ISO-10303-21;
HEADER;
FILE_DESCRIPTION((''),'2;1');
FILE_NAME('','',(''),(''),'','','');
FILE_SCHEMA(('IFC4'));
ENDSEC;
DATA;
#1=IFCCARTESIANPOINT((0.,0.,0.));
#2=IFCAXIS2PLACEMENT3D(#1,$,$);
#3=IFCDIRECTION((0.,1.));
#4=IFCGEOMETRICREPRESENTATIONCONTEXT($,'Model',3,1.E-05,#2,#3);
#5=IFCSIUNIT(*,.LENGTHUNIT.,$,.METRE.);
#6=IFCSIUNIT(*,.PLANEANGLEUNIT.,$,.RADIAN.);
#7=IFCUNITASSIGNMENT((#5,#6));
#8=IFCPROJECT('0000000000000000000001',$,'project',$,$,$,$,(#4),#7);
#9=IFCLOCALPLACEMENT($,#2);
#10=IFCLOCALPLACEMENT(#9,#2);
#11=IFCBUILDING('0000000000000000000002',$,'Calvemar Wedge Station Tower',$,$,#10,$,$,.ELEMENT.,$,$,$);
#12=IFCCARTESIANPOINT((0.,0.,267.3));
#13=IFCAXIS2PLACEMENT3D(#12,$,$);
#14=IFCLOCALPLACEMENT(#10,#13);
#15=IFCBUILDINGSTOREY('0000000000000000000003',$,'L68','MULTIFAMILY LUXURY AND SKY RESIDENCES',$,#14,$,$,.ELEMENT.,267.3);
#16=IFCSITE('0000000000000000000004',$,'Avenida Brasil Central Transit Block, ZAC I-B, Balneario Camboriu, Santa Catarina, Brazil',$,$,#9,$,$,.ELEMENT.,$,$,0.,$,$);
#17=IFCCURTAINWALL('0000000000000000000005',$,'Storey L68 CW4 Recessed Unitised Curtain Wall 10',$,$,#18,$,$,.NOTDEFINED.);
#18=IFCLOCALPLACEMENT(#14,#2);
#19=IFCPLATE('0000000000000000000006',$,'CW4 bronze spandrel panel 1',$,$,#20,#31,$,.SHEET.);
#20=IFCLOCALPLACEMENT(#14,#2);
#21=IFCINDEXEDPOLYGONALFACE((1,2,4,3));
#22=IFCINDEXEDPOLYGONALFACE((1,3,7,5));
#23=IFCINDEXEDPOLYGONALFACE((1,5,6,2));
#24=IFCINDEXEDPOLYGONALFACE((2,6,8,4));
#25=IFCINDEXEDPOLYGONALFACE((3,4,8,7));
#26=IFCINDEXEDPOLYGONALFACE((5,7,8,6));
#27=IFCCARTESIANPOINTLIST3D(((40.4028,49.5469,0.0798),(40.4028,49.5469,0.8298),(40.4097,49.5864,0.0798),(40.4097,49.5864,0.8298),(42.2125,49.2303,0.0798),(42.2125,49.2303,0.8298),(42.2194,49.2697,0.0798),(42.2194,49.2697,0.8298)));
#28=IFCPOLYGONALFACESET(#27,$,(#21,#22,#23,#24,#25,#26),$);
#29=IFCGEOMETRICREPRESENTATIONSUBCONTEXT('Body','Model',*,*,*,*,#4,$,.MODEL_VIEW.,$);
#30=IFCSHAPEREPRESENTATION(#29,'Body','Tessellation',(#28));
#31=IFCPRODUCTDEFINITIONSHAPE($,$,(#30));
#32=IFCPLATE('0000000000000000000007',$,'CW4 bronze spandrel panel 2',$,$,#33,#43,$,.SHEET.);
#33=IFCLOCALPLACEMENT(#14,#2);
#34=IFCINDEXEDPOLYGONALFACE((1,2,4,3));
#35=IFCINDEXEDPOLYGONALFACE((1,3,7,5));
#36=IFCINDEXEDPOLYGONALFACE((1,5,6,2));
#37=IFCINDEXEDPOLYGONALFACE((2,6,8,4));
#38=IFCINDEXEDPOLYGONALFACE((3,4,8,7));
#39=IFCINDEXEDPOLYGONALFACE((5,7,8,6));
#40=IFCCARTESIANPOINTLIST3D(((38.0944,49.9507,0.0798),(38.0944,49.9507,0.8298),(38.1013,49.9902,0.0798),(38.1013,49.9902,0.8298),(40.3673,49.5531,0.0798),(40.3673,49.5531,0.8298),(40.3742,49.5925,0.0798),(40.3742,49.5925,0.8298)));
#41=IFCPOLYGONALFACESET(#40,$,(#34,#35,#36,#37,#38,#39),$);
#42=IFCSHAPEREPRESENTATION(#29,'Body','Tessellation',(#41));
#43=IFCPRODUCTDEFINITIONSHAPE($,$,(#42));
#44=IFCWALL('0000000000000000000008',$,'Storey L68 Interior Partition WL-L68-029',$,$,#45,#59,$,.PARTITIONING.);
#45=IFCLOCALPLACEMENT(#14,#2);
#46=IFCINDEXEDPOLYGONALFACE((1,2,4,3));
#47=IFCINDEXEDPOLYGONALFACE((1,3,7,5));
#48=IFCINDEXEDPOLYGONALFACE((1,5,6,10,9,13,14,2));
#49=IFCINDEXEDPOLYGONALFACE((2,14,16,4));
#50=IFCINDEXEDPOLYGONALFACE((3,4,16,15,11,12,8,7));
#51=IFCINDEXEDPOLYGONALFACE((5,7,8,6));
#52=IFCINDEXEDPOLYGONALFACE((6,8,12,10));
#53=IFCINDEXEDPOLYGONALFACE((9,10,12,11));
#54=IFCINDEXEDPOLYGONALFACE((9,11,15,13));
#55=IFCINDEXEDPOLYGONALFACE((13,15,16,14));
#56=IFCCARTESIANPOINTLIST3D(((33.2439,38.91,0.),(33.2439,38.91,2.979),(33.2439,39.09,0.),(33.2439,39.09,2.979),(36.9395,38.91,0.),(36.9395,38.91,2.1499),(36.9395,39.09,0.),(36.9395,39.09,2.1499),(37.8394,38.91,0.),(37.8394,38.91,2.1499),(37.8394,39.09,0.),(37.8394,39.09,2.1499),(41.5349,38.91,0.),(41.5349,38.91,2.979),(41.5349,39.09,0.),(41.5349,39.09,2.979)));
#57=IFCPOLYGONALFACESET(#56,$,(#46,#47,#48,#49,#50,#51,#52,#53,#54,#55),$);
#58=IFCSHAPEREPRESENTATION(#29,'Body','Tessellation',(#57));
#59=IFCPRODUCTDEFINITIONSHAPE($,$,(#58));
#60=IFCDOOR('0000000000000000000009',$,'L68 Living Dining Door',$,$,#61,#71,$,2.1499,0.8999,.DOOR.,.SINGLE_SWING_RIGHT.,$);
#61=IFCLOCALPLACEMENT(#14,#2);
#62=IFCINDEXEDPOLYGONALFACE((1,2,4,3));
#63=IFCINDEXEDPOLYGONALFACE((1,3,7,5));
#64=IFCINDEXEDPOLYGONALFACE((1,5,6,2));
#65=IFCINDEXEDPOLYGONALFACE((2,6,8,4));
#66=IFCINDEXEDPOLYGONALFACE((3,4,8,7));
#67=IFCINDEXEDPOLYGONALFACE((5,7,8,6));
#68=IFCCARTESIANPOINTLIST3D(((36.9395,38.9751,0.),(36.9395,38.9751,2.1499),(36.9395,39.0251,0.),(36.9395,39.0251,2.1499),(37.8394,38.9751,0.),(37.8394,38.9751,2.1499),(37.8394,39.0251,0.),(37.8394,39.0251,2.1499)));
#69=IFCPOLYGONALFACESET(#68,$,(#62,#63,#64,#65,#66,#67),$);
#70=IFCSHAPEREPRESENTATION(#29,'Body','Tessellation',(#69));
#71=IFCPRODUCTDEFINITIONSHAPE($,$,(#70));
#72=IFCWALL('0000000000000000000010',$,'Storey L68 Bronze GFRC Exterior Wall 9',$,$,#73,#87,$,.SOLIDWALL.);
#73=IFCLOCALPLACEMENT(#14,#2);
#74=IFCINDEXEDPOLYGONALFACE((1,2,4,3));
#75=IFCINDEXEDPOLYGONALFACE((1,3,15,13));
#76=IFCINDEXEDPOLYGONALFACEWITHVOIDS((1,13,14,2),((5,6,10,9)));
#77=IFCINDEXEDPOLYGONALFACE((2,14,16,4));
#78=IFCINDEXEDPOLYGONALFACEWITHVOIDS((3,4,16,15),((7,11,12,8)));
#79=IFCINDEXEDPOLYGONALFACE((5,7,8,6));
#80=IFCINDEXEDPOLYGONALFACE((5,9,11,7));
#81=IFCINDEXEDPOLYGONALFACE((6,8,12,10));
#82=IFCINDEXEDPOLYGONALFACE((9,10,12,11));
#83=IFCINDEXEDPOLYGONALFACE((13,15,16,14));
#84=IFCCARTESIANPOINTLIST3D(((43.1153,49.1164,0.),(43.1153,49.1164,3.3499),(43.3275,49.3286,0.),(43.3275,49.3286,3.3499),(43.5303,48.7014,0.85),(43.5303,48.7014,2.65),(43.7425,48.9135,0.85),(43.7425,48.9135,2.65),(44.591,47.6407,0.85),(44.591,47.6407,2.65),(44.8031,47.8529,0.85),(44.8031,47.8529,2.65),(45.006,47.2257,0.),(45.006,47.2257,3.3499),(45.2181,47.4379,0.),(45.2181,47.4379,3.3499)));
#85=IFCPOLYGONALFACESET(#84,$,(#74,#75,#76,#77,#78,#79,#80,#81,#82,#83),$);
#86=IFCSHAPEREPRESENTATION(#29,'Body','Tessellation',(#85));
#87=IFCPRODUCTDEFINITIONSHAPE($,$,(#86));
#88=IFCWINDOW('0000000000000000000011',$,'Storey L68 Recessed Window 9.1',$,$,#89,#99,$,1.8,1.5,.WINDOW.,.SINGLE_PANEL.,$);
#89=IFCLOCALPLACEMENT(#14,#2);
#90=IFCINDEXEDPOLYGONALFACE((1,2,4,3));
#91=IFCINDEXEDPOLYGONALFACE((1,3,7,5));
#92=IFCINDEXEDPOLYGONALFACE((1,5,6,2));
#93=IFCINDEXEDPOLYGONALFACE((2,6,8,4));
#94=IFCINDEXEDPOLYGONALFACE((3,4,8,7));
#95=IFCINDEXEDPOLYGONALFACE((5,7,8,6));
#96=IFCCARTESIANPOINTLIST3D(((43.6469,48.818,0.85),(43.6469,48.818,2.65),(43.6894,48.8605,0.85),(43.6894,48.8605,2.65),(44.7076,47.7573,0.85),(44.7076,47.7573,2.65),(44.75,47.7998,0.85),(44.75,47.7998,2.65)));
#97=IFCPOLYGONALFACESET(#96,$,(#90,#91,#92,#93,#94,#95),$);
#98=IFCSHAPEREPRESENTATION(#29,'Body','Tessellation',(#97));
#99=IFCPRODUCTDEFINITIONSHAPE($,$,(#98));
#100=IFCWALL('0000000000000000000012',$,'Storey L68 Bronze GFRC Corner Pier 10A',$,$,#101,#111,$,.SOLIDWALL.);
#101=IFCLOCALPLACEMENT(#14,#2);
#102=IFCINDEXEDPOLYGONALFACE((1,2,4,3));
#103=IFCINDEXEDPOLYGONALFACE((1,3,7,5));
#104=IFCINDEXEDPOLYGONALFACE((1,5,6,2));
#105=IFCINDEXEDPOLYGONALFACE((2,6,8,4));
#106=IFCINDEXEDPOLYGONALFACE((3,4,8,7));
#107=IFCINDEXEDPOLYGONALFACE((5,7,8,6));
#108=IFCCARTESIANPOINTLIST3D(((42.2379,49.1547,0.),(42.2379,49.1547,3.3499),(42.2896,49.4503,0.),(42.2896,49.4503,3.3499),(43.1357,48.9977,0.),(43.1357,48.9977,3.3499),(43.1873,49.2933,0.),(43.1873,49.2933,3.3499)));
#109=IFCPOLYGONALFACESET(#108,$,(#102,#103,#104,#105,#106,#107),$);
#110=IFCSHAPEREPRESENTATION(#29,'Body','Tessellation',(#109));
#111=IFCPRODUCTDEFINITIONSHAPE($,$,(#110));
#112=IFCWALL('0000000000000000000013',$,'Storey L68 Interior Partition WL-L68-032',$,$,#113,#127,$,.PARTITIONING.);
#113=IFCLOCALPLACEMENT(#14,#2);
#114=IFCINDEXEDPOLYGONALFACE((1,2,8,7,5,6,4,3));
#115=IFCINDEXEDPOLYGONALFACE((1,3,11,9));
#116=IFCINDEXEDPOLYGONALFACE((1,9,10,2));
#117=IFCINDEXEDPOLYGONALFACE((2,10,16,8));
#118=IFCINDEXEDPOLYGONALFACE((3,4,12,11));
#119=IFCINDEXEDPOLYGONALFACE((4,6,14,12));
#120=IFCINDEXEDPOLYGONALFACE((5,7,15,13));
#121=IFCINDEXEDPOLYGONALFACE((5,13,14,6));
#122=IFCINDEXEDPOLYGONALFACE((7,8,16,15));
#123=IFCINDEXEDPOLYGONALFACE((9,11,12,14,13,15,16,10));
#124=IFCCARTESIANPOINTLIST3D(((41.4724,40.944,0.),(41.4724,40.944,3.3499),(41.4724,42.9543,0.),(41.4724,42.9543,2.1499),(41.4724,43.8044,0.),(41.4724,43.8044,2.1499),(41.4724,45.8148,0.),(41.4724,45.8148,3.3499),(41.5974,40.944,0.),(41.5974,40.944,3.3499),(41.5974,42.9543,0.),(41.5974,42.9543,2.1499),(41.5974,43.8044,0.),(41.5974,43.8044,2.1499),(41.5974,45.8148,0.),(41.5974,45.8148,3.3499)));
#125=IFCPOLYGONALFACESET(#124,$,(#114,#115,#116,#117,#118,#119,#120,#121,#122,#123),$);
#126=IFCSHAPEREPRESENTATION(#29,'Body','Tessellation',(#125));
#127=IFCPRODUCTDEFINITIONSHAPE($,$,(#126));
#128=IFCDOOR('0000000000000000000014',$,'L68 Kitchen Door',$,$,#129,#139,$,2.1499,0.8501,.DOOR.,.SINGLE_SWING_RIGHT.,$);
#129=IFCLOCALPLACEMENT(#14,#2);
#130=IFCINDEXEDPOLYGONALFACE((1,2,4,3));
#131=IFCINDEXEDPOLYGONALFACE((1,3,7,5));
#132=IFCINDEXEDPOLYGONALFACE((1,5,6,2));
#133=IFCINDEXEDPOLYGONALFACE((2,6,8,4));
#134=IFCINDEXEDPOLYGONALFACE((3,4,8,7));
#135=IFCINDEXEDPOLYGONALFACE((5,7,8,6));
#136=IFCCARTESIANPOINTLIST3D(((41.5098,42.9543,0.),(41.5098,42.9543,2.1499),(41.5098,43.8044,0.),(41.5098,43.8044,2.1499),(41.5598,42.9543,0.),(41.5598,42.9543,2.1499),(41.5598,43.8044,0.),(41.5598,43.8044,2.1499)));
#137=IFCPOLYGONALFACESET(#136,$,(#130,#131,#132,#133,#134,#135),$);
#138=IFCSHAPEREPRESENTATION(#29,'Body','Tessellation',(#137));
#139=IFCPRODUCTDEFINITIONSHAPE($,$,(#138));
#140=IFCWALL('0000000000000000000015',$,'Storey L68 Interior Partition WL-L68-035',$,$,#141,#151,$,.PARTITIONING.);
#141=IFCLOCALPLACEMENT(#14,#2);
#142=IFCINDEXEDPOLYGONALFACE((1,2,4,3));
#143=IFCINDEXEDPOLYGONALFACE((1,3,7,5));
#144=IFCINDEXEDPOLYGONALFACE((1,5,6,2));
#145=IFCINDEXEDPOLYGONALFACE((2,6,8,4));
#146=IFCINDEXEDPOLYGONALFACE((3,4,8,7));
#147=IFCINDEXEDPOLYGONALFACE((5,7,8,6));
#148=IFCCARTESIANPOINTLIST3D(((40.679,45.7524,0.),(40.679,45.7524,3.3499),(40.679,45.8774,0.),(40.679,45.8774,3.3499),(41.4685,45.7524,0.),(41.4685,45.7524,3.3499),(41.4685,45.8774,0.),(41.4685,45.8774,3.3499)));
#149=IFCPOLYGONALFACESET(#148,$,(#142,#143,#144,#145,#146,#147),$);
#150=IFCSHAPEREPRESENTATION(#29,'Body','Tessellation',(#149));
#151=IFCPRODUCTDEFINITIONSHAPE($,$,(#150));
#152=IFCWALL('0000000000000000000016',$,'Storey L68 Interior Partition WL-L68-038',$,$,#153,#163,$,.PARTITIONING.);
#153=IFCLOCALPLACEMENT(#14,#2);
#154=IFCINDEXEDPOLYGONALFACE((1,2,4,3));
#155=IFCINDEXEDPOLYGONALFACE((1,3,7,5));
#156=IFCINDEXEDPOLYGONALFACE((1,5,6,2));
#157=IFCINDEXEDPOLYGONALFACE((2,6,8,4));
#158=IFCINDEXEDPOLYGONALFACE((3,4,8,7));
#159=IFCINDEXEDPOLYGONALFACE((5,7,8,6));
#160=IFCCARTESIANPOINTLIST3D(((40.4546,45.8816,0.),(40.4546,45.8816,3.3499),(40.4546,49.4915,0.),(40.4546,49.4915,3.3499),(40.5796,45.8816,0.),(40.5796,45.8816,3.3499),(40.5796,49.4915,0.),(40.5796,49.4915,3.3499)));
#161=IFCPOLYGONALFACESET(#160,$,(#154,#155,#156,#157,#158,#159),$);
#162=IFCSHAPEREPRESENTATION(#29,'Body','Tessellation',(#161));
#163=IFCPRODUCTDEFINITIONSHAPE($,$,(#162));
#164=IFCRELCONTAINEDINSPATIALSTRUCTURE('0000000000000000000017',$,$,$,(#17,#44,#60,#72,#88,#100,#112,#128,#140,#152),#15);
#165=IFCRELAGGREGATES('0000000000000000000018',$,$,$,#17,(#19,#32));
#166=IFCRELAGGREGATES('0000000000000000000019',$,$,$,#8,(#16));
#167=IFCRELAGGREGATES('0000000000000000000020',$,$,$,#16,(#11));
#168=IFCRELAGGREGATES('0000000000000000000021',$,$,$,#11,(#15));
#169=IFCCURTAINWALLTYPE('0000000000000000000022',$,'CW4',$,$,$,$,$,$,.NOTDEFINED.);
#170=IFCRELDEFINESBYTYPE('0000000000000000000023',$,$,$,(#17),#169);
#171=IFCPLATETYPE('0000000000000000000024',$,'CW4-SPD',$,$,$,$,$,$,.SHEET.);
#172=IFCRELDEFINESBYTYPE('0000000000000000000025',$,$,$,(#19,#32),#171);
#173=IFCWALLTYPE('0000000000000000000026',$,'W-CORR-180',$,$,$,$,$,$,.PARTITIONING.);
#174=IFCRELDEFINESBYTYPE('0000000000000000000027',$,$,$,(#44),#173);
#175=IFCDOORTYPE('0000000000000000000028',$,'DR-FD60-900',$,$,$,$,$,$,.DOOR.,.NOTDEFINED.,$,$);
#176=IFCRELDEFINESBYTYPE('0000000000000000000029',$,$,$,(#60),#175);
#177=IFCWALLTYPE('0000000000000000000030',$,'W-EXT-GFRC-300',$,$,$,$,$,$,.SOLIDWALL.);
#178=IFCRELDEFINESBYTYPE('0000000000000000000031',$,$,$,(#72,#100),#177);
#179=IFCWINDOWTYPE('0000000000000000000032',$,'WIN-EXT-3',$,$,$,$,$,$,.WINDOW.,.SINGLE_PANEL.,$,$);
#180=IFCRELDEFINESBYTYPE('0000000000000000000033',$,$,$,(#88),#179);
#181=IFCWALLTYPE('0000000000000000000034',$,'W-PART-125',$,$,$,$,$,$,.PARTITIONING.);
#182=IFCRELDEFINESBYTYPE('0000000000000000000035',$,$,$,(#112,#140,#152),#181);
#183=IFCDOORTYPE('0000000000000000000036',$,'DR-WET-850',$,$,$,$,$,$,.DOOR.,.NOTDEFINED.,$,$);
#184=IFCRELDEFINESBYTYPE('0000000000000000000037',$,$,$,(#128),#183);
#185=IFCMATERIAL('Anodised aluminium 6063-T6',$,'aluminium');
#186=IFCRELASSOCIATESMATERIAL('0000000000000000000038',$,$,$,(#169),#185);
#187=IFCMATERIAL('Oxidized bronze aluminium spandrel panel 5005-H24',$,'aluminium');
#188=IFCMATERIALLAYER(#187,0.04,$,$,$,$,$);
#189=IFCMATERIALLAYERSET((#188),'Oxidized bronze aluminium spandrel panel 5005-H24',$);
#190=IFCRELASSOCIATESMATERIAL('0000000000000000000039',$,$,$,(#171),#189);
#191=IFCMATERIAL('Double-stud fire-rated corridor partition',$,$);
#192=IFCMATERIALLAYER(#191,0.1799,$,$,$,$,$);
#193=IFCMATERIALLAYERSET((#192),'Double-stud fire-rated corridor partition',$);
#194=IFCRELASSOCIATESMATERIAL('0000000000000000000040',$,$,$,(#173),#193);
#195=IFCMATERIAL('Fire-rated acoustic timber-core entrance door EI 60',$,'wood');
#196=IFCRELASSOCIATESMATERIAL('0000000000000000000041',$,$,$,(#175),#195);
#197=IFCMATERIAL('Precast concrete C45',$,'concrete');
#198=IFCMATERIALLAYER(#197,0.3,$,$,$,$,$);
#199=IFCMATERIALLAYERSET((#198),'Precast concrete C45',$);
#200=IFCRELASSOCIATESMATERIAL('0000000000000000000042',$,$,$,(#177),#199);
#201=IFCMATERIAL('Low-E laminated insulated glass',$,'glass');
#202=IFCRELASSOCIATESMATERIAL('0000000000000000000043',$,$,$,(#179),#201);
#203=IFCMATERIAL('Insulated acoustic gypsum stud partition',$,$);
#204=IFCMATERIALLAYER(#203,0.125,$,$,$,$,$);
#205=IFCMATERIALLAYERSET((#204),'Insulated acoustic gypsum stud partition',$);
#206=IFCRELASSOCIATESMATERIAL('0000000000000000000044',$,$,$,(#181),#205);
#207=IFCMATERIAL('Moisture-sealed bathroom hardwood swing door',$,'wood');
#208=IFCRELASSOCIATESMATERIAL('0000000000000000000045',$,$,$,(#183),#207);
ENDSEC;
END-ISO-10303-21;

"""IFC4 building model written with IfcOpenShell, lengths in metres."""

from ifc_helpers import new_model, si_unit, direction, frame, frame_2d, origin, place, context, subcontext, project, spatial, rectangle, extrude, source, transform, mapped, material, layer, layer_set, type_object, element, fill, aggregate, save


model = new_model("IFC4")

# Units and contexts
model_context = context("Model", 3, precision=1e-05, world=origin(), true_north=direction((0.0, 1.0)))
body_context = subcontext(model_context, "Body", "Model", "MODEL_VIEW")
ifc_project = project(units=[si_unit("LENGTHUNIT", "METRE"), si_unit("PLANEANGLEUNIT", "RADIAN")], contexts=[model_context])

# Site, building, storey
site_placement = place(None, origin())
site = spatial("IfcSite", under=ifc_project, at=site_placement, Name="Avenida Brasil Central Transit Block, ZAC I-B, Balneario Camboriu, Santa Catarina, Brazil", CompositionType="ELEMENT", RefElevation=0.0)
building_placement = place(site_placement, origin())
building = spatial("IfcBuilding", under=site, at=building_placement, Name="Calvemar Wedge Station Tower", CompositionType="ELEMENT")
storey_placement = place(building_placement, frame((0.0, 0.0, 267.3)))
storey = spatial("IfcBuildingStorey", under=building, at=storey_placement, Name="L68", Description="MULTIFAMILY LUXURY AND SKY RESIDENCES", CompositionType="ELEMENT", Elevation=267.3)

# Curtain wall, plates
ifc_material_1 = material(Name="Anodised aluminium 6063-T6", Category="aluminium")
curtain_wall_type = type_object("IfcCurtainWallType", Name="CW4", PredefinedType="NOTDEFINED", material=ifc_material_1)
curtain_wall_placement = place(storey_placement, origin())
curtain_wall = element("IfcCurtainWall", 1, at=curtain_wall_placement, inside=storey, type_object=curtain_wall_type, Name="Storey L68 CW4 Recessed Unitised Curtain Wall 10", PredefinedType="NOTDEFINED")
ifc_material_2 = material(Name="Low-E laminated insulated glass", Category="glass")
ifc_material_3 = material(Name="Oxidized bronze aluminium spandrel panel 5005-H24", Category="aluminium")
ifc_layer_1 = layer(ifc_material_3, 0.04)
ifc_layer_set_1 = layer_set([ifc_layer_1], Name="Oxidized bronze aluminium spandrel panel 5005-H24")
plate_type_1 = type_object("IfcPlateType", Name="CW4-SPD", PredefinedType="SHEET", material=ifc_layer_set_1)
plate_1_placement = place(storey_placement, frame((42.2158, 49.25, 0.0798), z_axis=(0.0, 0.0, 1.0), x_axis=(-0.985033, 0.172367, 0.0)))
plate_1 = element("IfcPlate", 2, at=plate_1_placement, type_object=plate_type_1, Name="CW4 bronze spandrel panel 1", PredefinedType="SHEET", context=body_context, shape_type="SweptSolid", body=[
    extrude(rectangle(XDim=1.8372, YDim=0.04, at=frame_2d((0.9185, 0.0))), origin(), (0.0, 0.0, 1.0), 0.75),
])
plate_2_placement = place(storey_placement, frame((40.3708, 49.5728, 0.0798), z_axis=(0.0, 0.0, 1.0), x_axis=(-0.985035, 0.172355, 0.0)))
plate_2 = element("IfcPlate", 3, at=plate_2_placement, type_object=plate_type_1, Name="CW4 bronze spandrel panel 2", PredefinedType="SHEET", context=body_context, shape_type="SweptSolid", body=[
    extrude(rectangle(XDim=2.3074, YDim=0.04, at=frame_2d((1.1538, 0.0))), origin(), (0.0, 0.0, 1.0), 0.75),
])
aggregate(curtain_wall, [plate_1, plate_2])

# Wall, opening, door
ifc_material_4 = material(Name="Double-stud fire-rated corridor partition")
ifc_layer_2 = layer(ifc_material_4, 0.1799)
ifc_layer_set_2 = layer_set([ifc_layer_2], Name="Double-stud fire-rated corridor partition")
wall_type_1 = type_object("IfcWallType", Name="W-CORR-180", PredefinedType="PARTITIONING", material=ifc_layer_set_2)
wall_1_placement = place(storey_placement, frame((41.5349, 39.0, 0.0), z_axis=(0.0, 0.0, 1.0), x_axis=(-1.0, 0.0, 0.0)))
wall_1 = element("IfcWall", 4, at=wall_1_placement, inside=storey, type_object=wall_type_1, Name="Storey L68 Interior Partition WL-L68-029", PredefinedType="PARTITIONING", context=body_context, shape_type="SweptSolid", body=[
    extrude(rectangle(XDim=8.291, YDim=0.1799, at=frame_2d((4.1455, 0.0))), origin(), (0.0, 0.0, 1.0), 2.979),
])
shared_shape_1 = source(origin(), body_context, "Body", "SweptSolid", [
    extrude(rectangle(XDim=0.8999, YDim=2.1499, at=frame_2d((0.45, 1.075))), frame((0.0, 0.1001, 0.0), z_axis=(0.0, -1.0, 0.0), x_axis=(1.0, 0.0, 0.0)), (0.0, 0.0, 1.0), 0.2),
])
opening_1_placement = place(wall_1_placement, frame((3.6956, 0.0, 0.0)))
opening_1 = element("IfcOpeningElement", 5, at=opening_1_placement, cuts=wall_1, PredefinedType="OPENING", context=body_context, shape_type="MappedRepresentation", body=[
    mapped(shared_shape_1, transform((0.0, 0.0, 0.0), scale=1.0)),
])
ifc_material_5 = material(Name="Fire-rated acoustic timber-core entrance door EI 60", Category="wood")
door_type_1 = type_object("IfcDoorType", Name="DR-FD60-900", OperationType="NOTDEFINED", PredefinedType="DOOR", material=ifc_material_5)
shared_shape_2 = source(origin(), body_context, "Body", "SweptSolid", [
    extrude(rectangle(XDim=0.8999, YDim=2.1499, at=frame_2d((0.45, 1.075))), frame((0.0, 0.0249, 0.0), z_axis=(0.0, -1.0, 0.0), x_axis=(1.0, 0.0, 0.0)), (0.0, 0.0, 1.0), 0.05),
])
door_1_placement = place(opening_1_placement, origin())
door_1 = element("IfcDoor", 6, at=door_1_placement, inside=storey, type_object=door_type_1, Name="L68 Living Dining Door", OperationType="SINGLE_SWING_RIGHT", OverallHeight=2.1499, OverallWidth=0.8999, PredefinedType="DOOR", context=body_context, shape_type="MappedRepresentation", body=[
    mapped(shared_shape_2, transform((0.0, 0.0, 0.0), scale=1.0)),
])
fill(opening_1, door_1)

# Wall, opening, window
ifc_material_6 = material(Name="Precast concrete C45", Category="concrete")
ifc_layer_3 = layer(ifc_material_6, 0.3)
ifc_layer_set_3 = layer_set([ifc_layer_3], Name="Precast concrete C45")
wall_type_2 = type_object("IfcWallType", Name="W-EXT-GFRC-300", PredefinedType="SOLIDWALL", material=ifc_layer_set_3)
wall_2_placement = place(storey_placement, frame((45.1121, 47.3318, 0.0), z_axis=(0.0, 0.0, 1.0), x_axis=(-0.707107, 0.707107, 0.0)))
wall_2 = element("IfcWall", 7, at=wall_2_placement, inside=storey, type_object=wall_type_2, Name="Storey L68 Bronze GFRC Exterior Wall 9", PredefinedType="SOLIDWALL", context=body_context, shape_type="SweptSolid", body=[
    extrude(rectangle(XDim=2.6738, YDim=0.3, at=frame_2d((1.3369, 0.0))), origin(), (0.0, 0.0, 1.0), 3.3499),
])
shared_shape_3 = source(origin(), body_context, "Body", "SweptSolid", [
    extrude(rectangle(XDim=1.5, YDim=1.8, at=frame_2d((0.75, 0.8999))), frame((0.0, 0.1602, 0.0), z_axis=(0.0, -1.0, 0.0), x_axis=(1.0, 0.0, 0.0)), (0.0, 0.0, 1.0), 0.3201),
])
opening_2_placement = place(wall_2_placement, frame((0.5869, 0.0, 0.8501)))
opening_2 = element("IfcOpeningElement", 8, at=opening_2_placement, cuts=wall_2, PredefinedType="OPENING", context=body_context, shape_type="MappedRepresentation", body=[
    mapped(shared_shape_3, transform((0.0, 0.0, 0.0), scale=1.0)),
])
window_type = type_object("IfcWindowType", Name="WIN-EXT-3", PartitioningType="SINGLE_PANEL", PredefinedType="WINDOW", material=ifc_material_2)
shared_shape_4 = source(origin(), body_context, "Body", "SweptSolid", [
    extrude(rectangle(XDim=1.5, YDim=1.8, at=frame_2d((0.75, 0.8999))), frame((0.0, -0.0149, 0.0), z_axis=(0.0, -1.0, 0.0), x_axis=(1.0, 0.0, 0.0)), (0.0, 0.0, 1.0), 0.0601),
])
window_placement = place(opening_2_placement, origin())
window = element("IfcWindow", 9, at=window_placement, inside=storey, type_object=window_type, Name="Storey L68 Recessed Window 9.1", OverallHeight=1.8, OverallWidth=1.5, PartitioningType="SINGLE_PANEL", PredefinedType="WINDOW", context=body_context, shape_type="MappedRepresentation", body=[
    mapped(shared_shape_4, transform((0.0, 0.0, 0.0), scale=1.0)),
])
fill(opening_2, window)

# Wall
wall_3_placement = place(storey_placement, frame((43.1614, 49.1455, 0.0), z_axis=(0.0, 0.0, 1.0), x_axis=(-0.985052, 0.172257, 0.0)))
element("IfcWall", 10, at=wall_3_placement, inside=storey, type_object=wall_type_2, Name="Storey L68 Bronze GFRC Corner Pier 10A", PredefinedType="SOLIDWALL", context=body_context, shape_type="SweptSolid", body=[
    extrude(rectangle(XDim=0.9114, YDim=0.3, at=frame_2d((0.4556, 0.0))), origin(), (0.0, 0.0, 1.0), 3.3499),
])

# Wall, opening, door
ifc_material_7 = material(Name="Insulated acoustic gypsum stud partition")
ifc_layer_4 = layer(ifc_material_7, 0.125)
ifc_layer_set_4 = layer_set([ifc_layer_4], Name="Insulated acoustic gypsum stud partition")
wall_type_3 = type_object("IfcWallType", Name="W-PART-125", PredefinedType="PARTITIONING", material=ifc_layer_set_4)
wall_4_placement = place(storey_placement, frame((41.5349, 45.8149, 0.0), z_axis=(0.0, 0.0, 1.0), x_axis=(0.0, -1.0, 0.0)))
wall_4 = element("IfcWall", 11, at=wall_4_placement, inside=storey, type_object=wall_type_3, Name="Storey L68 Interior Partition WL-L68-032", PredefinedType="PARTITIONING", context=body_context, shape_type="SweptSolid", body=[
    extrude(rectangle(XDim=4.8708, YDim=0.125, at=frame_2d((2.4355, 0.0))), origin(), (0.0, 0.0, 1.0), 3.3499),
])
shared_shape_5 = source(origin(), body_context, "Body", "SweptSolid", [
    extrude(rectangle(XDim=0.8501, YDim=2.1499, at=frame_2d((0.425, 1.075))), frame((0.0, 0.0725, 0.0), z_axis=(0.0, -1.0, 0.0), x_axis=(1.0, 0.0, 0.0)), (0.0, 0.0, 1.0), 0.145),
])
opening_3_placement = place(wall_4_placement, frame((2.0105, 0.0, 0.0)))
opening_3 = element("IfcOpeningElement", 12, at=opening_3_placement, cuts=wall_4, PredefinedType="OPENING", context=body_context, shape_type="MappedRepresentation", body=[
    mapped(shared_shape_5, transform((0.0, 0.0, 0.0), scale=1.0)),
])
ifc_material_8 = material(Name="Moisture-sealed bathroom hardwood swing door", Category="wood")
door_type_2 = type_object("IfcDoorType", Name="DR-WET-850", OperationType="NOTDEFINED", PredefinedType="DOOR", material=ifc_material_8)
shared_shape_6 = source(origin(), body_context, "Body", "SweptSolid", [
    extrude(rectangle(XDim=0.8501, YDim=2.1499, at=frame_2d((0.425, 1.075))), frame((0.0, 0.0249, 0.0), z_axis=(0.0, -1.0, 0.0), x_axis=(1.0, 0.0, 0.0)), (0.0, 0.0, 1.0), 0.05),
])
door_2_placement = place(opening_3_placement, origin())
door_2 = element("IfcDoor", 13, at=door_2_placement, inside=storey, type_object=door_type_2, Name="L68 Kitchen Door", OperationType="SINGLE_SWING_RIGHT", OverallHeight=2.1499, OverallWidth=0.8501, PredefinedType="DOOR", context=body_context, shape_type="MappedRepresentation", body=[
    mapped(shared_shape_6, transform((0.0, 0.0, 0.0), scale=1.0)),
])
fill(opening_3, door_2)

# Wall
wall_5_placement = place(storey_placement, frame((40.679, 45.8149, 0.0), z_axis=(0.0, 0.0, 1.0), x_axis=(1.0, 0.0, 0.0)))
element("IfcWall", 14, at=wall_5_placement, inside=storey, type_object=wall_type_3, Name="Storey L68 Interior Partition WL-L68-035", PredefinedType="PARTITIONING", context=body_context, shape_type="SweptSolid", body=[
    extrude(rectangle(XDim=0.7896, YDim=0.125, at=frame_2d((0.3948, 0.0))), origin(), (0.0, 0.0, 1.0), 3.3499),
])

# Wall
wall_6_placement = place(storey_placement, frame((40.5171, 49.4915, 0.0), z_axis=(0.0, 0.0, 1.0), x_axis=(0.0, -1.0, 0.0)))
element("IfcWall", 15, at=wall_6_placement, inside=storey, type_object=wall_type_3, Name="Storey L68 Interior Partition WL-L68-038", PredefinedType="PARTITIONING", context=body_context, shape_type="SweptSolid", body=[
    extrude(rectangle(XDim=3.6099, YDim=0.125, at=frame_2d((1.8049, 0.0))), origin(), (0.0, 0.0, 1.0), 3.3499),
])

save(model, "model.ifc")
